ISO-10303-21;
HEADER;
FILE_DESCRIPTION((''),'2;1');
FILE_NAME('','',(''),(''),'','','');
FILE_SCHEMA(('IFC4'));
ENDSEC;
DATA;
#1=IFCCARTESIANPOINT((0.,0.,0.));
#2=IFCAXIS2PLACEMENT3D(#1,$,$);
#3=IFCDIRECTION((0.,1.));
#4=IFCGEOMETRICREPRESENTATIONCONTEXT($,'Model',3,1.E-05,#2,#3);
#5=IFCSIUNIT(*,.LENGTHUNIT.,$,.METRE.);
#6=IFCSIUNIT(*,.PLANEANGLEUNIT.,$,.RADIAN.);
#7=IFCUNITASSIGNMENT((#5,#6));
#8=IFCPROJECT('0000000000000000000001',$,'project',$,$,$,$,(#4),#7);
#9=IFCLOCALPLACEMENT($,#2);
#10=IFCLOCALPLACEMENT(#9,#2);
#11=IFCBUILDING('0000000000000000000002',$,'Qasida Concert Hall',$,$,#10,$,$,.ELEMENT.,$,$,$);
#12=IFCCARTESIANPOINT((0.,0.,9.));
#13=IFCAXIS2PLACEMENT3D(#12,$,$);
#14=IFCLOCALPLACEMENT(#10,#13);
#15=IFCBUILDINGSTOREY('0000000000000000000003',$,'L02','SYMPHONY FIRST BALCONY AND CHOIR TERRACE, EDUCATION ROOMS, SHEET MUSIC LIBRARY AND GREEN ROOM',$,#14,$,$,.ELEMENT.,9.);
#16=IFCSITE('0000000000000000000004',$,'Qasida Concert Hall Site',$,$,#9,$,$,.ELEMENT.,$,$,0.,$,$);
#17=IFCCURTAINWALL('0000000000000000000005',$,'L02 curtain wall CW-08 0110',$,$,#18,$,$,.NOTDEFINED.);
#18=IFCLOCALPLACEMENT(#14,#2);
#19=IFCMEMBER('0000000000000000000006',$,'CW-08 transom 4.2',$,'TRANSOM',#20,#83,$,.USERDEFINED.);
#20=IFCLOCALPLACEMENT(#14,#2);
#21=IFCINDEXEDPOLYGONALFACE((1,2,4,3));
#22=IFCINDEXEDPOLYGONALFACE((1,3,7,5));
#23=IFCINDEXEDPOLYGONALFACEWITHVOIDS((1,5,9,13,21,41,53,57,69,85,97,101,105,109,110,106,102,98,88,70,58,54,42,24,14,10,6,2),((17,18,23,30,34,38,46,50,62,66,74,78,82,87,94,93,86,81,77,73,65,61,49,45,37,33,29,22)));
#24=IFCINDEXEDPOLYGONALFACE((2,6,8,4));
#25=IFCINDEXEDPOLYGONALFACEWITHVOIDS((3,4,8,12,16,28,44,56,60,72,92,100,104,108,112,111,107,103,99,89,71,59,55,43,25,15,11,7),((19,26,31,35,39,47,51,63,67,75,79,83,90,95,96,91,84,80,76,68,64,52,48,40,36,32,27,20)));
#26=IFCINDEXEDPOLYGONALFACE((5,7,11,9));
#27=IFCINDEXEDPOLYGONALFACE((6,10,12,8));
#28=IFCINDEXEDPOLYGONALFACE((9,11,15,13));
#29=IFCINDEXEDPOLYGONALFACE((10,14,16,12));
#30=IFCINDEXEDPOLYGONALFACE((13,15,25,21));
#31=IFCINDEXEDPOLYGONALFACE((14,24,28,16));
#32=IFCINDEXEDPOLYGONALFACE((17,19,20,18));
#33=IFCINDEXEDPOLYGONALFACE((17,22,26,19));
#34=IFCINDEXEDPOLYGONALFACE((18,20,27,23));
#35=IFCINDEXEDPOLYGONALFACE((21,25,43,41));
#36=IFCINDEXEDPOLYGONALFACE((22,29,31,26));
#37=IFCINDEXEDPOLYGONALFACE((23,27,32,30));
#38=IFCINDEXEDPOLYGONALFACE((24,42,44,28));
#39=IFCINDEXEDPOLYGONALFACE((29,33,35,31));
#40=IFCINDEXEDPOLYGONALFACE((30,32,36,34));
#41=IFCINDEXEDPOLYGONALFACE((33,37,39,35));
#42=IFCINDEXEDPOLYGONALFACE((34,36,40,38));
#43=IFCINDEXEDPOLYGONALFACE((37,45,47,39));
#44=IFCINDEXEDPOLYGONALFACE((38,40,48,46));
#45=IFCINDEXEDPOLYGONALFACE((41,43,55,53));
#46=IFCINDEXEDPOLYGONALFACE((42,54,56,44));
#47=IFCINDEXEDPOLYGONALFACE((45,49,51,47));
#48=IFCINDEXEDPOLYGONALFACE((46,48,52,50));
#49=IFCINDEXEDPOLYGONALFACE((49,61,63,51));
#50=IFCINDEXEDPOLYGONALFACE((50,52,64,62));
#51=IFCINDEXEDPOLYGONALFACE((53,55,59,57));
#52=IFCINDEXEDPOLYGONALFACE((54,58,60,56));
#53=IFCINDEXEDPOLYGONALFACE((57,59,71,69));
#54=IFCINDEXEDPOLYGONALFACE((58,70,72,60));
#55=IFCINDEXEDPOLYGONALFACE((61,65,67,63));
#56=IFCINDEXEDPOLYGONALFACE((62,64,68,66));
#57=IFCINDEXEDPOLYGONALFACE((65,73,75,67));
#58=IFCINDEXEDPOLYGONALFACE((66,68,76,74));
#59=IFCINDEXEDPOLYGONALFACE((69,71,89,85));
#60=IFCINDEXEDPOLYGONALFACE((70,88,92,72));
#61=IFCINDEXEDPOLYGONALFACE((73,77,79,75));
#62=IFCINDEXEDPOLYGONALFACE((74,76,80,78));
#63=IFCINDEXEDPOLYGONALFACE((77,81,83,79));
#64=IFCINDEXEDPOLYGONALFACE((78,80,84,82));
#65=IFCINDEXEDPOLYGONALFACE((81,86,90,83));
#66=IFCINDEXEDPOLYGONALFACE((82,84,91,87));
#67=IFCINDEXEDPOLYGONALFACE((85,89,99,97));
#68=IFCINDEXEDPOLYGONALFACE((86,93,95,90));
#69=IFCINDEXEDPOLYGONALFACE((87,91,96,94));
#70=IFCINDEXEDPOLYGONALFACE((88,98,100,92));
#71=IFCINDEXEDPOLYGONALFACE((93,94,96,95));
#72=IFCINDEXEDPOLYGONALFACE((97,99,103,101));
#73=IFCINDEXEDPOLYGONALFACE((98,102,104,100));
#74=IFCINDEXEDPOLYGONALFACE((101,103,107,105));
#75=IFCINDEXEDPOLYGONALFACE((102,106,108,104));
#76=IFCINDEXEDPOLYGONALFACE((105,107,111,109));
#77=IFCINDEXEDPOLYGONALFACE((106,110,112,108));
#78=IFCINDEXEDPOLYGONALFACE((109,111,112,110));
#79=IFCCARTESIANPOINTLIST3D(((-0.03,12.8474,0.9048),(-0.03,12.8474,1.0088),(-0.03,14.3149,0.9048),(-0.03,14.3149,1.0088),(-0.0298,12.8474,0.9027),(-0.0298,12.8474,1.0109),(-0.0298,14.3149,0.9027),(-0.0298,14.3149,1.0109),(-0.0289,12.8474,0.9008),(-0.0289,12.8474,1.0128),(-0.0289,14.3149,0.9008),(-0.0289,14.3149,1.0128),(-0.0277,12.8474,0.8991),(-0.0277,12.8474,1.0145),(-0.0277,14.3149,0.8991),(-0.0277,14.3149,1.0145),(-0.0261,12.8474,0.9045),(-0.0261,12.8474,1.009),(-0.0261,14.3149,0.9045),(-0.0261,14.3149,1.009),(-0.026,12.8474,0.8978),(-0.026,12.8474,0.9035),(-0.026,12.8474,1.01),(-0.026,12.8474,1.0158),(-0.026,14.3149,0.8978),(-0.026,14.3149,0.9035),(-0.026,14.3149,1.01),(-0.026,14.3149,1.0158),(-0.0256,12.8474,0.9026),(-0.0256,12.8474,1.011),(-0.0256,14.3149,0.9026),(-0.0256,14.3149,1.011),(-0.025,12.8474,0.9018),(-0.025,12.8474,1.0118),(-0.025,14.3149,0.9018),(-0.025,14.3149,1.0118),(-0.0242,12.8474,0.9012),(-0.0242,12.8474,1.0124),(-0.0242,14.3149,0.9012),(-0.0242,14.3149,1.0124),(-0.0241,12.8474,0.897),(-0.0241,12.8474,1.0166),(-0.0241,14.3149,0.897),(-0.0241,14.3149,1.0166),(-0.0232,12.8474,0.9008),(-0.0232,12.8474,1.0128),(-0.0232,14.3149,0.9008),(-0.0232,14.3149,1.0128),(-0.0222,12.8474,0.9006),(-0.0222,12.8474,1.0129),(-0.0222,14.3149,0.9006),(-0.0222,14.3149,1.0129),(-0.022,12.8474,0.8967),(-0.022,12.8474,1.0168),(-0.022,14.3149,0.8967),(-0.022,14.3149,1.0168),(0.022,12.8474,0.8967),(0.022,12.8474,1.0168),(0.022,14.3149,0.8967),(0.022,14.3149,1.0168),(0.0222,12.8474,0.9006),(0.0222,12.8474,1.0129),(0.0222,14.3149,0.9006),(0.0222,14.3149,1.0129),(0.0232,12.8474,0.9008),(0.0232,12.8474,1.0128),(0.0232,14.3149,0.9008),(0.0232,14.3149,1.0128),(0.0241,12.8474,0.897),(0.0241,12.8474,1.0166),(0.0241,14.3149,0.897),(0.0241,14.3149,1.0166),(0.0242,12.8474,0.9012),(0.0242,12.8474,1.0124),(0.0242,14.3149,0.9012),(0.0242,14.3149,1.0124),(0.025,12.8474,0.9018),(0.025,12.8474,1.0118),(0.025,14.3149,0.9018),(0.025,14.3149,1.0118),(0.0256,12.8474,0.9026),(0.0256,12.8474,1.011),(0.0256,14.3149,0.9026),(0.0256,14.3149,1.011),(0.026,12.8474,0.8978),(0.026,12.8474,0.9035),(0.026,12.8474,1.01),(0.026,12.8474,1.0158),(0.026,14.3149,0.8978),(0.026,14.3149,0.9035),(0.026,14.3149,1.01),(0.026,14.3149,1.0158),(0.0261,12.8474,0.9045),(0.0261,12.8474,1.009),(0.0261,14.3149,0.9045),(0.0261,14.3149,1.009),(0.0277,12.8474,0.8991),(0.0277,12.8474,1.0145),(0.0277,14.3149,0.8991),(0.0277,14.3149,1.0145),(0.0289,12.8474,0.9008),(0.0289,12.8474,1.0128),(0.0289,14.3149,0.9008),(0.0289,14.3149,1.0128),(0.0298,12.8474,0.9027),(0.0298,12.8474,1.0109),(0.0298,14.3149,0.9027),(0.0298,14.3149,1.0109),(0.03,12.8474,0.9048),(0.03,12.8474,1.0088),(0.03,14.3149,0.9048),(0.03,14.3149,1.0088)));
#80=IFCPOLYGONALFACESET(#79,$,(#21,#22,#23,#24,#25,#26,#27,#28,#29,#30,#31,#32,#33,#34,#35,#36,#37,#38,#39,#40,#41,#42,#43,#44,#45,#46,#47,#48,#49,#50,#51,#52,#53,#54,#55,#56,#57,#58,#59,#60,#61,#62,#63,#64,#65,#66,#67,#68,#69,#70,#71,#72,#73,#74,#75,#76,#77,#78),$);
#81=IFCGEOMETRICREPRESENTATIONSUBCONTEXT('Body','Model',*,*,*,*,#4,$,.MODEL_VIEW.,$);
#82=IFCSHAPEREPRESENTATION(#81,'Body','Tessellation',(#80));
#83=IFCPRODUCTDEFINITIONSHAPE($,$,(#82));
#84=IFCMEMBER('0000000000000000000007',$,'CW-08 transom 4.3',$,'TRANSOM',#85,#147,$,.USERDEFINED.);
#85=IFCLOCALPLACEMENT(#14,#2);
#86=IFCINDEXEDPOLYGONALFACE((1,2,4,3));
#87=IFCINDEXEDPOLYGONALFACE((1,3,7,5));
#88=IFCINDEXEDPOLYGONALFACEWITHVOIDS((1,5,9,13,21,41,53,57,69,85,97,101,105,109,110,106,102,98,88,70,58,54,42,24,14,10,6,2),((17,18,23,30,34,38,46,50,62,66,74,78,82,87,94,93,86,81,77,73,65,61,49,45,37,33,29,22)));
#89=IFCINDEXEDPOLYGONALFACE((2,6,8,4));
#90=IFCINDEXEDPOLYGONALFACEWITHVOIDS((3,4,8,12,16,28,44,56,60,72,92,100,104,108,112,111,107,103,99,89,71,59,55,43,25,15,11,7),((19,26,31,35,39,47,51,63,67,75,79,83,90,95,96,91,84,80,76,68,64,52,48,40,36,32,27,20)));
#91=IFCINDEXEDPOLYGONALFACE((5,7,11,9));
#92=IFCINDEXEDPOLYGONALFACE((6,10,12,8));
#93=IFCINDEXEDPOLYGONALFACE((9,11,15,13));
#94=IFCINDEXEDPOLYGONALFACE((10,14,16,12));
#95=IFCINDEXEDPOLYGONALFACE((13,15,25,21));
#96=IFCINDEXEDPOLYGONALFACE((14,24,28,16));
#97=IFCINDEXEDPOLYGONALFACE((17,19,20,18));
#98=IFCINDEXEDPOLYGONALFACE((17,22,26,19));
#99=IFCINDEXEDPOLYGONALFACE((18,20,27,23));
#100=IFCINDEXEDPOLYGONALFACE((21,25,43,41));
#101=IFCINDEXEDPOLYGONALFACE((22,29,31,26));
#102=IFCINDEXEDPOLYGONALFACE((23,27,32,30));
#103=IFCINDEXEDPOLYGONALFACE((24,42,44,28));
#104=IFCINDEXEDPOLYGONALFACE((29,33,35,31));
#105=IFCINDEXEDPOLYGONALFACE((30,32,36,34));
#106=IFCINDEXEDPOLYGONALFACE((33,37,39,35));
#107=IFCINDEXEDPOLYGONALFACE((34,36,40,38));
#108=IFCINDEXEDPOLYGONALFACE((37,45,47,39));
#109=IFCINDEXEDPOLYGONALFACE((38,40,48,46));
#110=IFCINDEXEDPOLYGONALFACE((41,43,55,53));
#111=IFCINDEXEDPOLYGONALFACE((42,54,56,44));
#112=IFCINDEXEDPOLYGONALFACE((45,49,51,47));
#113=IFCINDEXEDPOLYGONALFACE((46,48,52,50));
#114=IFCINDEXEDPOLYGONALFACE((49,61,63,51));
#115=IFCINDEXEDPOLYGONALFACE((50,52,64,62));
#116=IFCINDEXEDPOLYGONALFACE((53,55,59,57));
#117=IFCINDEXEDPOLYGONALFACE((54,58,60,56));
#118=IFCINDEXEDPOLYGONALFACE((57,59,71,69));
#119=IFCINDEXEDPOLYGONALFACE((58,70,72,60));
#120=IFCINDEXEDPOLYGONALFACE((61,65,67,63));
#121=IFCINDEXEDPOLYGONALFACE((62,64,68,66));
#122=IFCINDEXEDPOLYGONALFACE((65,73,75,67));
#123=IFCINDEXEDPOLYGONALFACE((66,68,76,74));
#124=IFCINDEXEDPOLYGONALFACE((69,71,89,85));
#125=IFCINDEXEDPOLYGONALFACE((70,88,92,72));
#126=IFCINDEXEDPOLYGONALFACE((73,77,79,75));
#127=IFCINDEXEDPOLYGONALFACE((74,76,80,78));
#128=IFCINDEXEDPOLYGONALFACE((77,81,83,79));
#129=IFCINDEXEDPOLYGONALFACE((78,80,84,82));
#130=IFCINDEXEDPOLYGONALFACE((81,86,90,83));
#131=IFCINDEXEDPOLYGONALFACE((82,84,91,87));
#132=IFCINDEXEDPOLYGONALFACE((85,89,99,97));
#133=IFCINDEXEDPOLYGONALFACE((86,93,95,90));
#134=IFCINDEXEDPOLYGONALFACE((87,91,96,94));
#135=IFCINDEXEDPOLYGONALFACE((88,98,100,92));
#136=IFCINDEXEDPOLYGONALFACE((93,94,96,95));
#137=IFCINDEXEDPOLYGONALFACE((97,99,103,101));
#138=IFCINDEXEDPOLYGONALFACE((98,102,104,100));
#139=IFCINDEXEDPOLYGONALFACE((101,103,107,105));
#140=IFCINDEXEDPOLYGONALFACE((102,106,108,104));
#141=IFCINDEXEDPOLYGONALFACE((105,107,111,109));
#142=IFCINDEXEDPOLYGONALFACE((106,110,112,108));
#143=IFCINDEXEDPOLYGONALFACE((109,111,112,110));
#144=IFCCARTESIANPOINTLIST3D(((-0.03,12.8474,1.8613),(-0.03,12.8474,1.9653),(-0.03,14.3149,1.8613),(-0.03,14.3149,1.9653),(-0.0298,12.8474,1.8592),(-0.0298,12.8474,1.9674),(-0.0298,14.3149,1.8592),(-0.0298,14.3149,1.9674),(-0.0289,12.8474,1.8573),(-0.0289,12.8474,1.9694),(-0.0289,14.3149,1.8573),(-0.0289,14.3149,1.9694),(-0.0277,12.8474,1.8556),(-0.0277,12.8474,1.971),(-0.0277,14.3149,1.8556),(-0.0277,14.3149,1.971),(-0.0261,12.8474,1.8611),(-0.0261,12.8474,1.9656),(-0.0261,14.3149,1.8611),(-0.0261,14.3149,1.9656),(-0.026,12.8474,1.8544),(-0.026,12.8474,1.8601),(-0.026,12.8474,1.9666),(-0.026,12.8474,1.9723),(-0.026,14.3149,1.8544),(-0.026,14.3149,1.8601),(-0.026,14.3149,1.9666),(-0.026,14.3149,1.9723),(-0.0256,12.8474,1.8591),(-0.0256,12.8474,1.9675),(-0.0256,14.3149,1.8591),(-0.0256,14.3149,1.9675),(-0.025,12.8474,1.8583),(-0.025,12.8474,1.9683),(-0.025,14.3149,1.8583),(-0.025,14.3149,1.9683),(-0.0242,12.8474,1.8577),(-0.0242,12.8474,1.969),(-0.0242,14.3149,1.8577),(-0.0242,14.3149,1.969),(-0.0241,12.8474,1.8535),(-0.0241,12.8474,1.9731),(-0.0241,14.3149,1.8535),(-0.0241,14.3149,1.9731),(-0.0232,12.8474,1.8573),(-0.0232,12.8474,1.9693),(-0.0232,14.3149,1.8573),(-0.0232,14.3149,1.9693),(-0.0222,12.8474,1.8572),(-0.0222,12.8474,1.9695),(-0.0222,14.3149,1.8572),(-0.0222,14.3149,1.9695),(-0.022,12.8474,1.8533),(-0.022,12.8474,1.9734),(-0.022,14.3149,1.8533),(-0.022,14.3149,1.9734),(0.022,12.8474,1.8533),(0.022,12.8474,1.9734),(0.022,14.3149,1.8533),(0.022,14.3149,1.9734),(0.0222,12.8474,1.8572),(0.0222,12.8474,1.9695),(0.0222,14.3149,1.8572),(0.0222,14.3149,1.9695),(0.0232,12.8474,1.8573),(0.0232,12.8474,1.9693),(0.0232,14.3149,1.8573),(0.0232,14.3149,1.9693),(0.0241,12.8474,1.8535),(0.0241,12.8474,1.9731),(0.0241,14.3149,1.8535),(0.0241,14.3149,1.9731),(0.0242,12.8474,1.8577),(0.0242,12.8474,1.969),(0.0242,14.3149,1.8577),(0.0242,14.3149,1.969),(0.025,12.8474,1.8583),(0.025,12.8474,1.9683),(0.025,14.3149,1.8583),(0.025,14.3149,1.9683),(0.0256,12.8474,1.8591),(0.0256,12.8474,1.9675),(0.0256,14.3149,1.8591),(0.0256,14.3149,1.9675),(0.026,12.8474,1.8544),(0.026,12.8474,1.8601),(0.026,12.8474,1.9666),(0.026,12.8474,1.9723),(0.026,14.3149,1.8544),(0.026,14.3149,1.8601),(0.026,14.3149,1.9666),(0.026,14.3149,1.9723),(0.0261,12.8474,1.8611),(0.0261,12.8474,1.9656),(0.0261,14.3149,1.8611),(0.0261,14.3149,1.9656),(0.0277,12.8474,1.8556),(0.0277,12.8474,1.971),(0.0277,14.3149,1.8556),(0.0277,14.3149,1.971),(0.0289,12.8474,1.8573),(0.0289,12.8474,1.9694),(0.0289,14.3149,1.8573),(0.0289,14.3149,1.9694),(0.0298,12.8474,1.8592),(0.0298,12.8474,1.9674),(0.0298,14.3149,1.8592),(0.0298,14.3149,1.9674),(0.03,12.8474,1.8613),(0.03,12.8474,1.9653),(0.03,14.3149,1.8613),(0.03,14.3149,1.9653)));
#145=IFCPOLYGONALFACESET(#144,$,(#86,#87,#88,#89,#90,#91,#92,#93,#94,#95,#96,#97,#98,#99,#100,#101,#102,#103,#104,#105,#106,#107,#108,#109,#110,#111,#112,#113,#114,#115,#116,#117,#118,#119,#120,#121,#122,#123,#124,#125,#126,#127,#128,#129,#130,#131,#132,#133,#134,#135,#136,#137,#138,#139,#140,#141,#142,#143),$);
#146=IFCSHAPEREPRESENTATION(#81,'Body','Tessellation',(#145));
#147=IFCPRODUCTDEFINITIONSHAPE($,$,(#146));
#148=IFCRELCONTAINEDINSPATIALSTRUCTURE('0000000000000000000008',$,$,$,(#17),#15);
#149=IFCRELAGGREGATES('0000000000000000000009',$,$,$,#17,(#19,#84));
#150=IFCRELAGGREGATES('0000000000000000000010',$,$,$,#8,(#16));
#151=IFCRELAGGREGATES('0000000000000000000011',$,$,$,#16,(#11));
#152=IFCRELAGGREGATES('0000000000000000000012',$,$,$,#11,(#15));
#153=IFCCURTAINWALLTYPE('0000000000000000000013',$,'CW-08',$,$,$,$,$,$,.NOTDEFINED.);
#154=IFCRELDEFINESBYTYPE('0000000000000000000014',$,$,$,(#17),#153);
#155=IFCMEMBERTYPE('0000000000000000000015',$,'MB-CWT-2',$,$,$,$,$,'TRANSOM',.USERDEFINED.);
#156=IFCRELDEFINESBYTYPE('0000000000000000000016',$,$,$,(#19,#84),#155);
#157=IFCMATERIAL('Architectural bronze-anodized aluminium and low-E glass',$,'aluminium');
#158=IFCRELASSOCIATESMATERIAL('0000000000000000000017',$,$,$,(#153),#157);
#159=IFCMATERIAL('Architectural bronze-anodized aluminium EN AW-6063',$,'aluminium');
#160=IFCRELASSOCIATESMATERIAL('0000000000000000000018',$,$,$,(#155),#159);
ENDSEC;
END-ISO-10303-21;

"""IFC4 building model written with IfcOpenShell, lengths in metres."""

from ifc_helpers import new_model, si_unit, direction, frame, origin, origin_2d, place, context, subcontext, project, spatial, hollow_rectangle, extrude, material, material_profile, profile_set, type_object, element, aggregate, save


model = new_model("IFC4")

# Units and contexts
model_context = context("Model", 3, precision=1e-05, world=origin(), true_north=direction((0.0, 1.0)))
body_context = subcontext(model_context, "Body", "Model", "MODEL_VIEW")
ifc_project = project(units=[si_unit("LENGTHUNIT", "METRE"), si_unit("PLANEANGLEUNIT", "RADIAN")], contexts=[model_context])

# Site, building, storey
site_placement = place(None, origin())
site = spatial("IfcSite", under=ifc_project, at=site_placement, Name="Qasida Concert Hall Site", CompositionType="ELEMENT", RefElevation=0.0)
building_placement = place(site_placement, origin())
building = spatial("IfcBuilding", under=site, at=building_placement, Name="Qasida Concert Hall", CompositionType="ELEMENT")
storey_placement = place(building_placement, frame((0.0, 0.0, 9.0)))
storey = spatial("IfcBuildingStorey", under=building, at=storey_placement, Name="L02", Description="SYMPHONY FIRST BALCONY AND CHOIR TERRACE, EDUCATION ROOMS, SHEET MUSIC LIBRARY AND GREEN ROOM", CompositionType="ELEMENT", Elevation=9.0)

# Curtain wall, members
ifc_material_1 = material(Name="Architectural bronze-anodized aluminium and low-E glass", Category="aluminium")
curtain_wall_type = type_object("IfcCurtainWallType", Name="CW-08", PredefinedType="NOTDEFINED", material=ifc_material_1)
curtain_wall_placement = place(storey_placement, origin())
curtain_wall = element("IfcCurtainWall", 1, at=curtain_wall_placement, inside=storey, type_object=curtain_wall_type, Name="L02 curtain wall CW-08 0110", PredefinedType="NOTDEFINED")
ifc_material_2 = material(Name="Architectural bronze-anodized aluminium EN AW-6063", Category="aluminium")
ifc_material_profile_1 = material_profile(ifc_material_2, hollow_rectangle(XDim=0.0601, YDim=0.1201, WallThickness=0.0039, InnerFilletRadius=0.0039, OuterFilletRadius=0.0081, at=origin_2d()), Name="CWT 120x60x4")
ifc_profile_set_1 = profile_set([ifc_material_profile_1], Name="Architectural bronze-anodized aluminium EN AW-6063")
member_type_1 = type_object("IfcMemberType", Name="MB-CWT-2", ElementType="TRANSOM", PredefinedType="USERDEFINED", material=ifc_profile_set_1)
member_1_placement = place(storey_placement, frame((0.0, 12.8474, 0.9568), z_axis=(0.0, 1.0, 0.0), x_axis=(-1.0, 0.0, 0.0)))
member_1 = element("IfcMember", 2, at=member_1_placement, type_object=member_type_1, Name="CW-08 transom 4.2", ObjectType="TRANSOM", PredefinedType="USERDEFINED", context=body_context, shape_type="SweptSolid", body=[
    extrude(hollow_rectangle(XDim=0.0601, YDim=0.1201, WallThickness=0.0039, InnerFilletRadius=0.0039, OuterFilletRadius=0.0081, at=origin_2d()), origin(), (0.0, 0.0, 1.0), 1.4675),
])
member_2_placement = place(storey_placement, frame((0.0, 12.8474, 1.9133), z_axis=(0.0, 1.0, 0.0), x_axis=(-1.0, 0.0, 0.0)))
member_2 = element("IfcMember", 3, at=member_2_placement, type_object=member_type_1, Name="CW-08 transom 4.3", ObjectType="TRANSOM", PredefinedType="USERDEFINED", context=body_context, shape_type="SweptSolid", body=[
    extrude(hollow_rectangle(XDim=0.0601, YDim=0.1201, WallThickness=0.0039, InnerFilletRadius=0.0039, OuterFilletRadius=0.0081, at=origin_2d()), origin(), (0.0, 0.0, 1.0), 1.4675),
])
aggregate(curtain_wall, [member_1, member_2])

save(model, "model.ifc")
